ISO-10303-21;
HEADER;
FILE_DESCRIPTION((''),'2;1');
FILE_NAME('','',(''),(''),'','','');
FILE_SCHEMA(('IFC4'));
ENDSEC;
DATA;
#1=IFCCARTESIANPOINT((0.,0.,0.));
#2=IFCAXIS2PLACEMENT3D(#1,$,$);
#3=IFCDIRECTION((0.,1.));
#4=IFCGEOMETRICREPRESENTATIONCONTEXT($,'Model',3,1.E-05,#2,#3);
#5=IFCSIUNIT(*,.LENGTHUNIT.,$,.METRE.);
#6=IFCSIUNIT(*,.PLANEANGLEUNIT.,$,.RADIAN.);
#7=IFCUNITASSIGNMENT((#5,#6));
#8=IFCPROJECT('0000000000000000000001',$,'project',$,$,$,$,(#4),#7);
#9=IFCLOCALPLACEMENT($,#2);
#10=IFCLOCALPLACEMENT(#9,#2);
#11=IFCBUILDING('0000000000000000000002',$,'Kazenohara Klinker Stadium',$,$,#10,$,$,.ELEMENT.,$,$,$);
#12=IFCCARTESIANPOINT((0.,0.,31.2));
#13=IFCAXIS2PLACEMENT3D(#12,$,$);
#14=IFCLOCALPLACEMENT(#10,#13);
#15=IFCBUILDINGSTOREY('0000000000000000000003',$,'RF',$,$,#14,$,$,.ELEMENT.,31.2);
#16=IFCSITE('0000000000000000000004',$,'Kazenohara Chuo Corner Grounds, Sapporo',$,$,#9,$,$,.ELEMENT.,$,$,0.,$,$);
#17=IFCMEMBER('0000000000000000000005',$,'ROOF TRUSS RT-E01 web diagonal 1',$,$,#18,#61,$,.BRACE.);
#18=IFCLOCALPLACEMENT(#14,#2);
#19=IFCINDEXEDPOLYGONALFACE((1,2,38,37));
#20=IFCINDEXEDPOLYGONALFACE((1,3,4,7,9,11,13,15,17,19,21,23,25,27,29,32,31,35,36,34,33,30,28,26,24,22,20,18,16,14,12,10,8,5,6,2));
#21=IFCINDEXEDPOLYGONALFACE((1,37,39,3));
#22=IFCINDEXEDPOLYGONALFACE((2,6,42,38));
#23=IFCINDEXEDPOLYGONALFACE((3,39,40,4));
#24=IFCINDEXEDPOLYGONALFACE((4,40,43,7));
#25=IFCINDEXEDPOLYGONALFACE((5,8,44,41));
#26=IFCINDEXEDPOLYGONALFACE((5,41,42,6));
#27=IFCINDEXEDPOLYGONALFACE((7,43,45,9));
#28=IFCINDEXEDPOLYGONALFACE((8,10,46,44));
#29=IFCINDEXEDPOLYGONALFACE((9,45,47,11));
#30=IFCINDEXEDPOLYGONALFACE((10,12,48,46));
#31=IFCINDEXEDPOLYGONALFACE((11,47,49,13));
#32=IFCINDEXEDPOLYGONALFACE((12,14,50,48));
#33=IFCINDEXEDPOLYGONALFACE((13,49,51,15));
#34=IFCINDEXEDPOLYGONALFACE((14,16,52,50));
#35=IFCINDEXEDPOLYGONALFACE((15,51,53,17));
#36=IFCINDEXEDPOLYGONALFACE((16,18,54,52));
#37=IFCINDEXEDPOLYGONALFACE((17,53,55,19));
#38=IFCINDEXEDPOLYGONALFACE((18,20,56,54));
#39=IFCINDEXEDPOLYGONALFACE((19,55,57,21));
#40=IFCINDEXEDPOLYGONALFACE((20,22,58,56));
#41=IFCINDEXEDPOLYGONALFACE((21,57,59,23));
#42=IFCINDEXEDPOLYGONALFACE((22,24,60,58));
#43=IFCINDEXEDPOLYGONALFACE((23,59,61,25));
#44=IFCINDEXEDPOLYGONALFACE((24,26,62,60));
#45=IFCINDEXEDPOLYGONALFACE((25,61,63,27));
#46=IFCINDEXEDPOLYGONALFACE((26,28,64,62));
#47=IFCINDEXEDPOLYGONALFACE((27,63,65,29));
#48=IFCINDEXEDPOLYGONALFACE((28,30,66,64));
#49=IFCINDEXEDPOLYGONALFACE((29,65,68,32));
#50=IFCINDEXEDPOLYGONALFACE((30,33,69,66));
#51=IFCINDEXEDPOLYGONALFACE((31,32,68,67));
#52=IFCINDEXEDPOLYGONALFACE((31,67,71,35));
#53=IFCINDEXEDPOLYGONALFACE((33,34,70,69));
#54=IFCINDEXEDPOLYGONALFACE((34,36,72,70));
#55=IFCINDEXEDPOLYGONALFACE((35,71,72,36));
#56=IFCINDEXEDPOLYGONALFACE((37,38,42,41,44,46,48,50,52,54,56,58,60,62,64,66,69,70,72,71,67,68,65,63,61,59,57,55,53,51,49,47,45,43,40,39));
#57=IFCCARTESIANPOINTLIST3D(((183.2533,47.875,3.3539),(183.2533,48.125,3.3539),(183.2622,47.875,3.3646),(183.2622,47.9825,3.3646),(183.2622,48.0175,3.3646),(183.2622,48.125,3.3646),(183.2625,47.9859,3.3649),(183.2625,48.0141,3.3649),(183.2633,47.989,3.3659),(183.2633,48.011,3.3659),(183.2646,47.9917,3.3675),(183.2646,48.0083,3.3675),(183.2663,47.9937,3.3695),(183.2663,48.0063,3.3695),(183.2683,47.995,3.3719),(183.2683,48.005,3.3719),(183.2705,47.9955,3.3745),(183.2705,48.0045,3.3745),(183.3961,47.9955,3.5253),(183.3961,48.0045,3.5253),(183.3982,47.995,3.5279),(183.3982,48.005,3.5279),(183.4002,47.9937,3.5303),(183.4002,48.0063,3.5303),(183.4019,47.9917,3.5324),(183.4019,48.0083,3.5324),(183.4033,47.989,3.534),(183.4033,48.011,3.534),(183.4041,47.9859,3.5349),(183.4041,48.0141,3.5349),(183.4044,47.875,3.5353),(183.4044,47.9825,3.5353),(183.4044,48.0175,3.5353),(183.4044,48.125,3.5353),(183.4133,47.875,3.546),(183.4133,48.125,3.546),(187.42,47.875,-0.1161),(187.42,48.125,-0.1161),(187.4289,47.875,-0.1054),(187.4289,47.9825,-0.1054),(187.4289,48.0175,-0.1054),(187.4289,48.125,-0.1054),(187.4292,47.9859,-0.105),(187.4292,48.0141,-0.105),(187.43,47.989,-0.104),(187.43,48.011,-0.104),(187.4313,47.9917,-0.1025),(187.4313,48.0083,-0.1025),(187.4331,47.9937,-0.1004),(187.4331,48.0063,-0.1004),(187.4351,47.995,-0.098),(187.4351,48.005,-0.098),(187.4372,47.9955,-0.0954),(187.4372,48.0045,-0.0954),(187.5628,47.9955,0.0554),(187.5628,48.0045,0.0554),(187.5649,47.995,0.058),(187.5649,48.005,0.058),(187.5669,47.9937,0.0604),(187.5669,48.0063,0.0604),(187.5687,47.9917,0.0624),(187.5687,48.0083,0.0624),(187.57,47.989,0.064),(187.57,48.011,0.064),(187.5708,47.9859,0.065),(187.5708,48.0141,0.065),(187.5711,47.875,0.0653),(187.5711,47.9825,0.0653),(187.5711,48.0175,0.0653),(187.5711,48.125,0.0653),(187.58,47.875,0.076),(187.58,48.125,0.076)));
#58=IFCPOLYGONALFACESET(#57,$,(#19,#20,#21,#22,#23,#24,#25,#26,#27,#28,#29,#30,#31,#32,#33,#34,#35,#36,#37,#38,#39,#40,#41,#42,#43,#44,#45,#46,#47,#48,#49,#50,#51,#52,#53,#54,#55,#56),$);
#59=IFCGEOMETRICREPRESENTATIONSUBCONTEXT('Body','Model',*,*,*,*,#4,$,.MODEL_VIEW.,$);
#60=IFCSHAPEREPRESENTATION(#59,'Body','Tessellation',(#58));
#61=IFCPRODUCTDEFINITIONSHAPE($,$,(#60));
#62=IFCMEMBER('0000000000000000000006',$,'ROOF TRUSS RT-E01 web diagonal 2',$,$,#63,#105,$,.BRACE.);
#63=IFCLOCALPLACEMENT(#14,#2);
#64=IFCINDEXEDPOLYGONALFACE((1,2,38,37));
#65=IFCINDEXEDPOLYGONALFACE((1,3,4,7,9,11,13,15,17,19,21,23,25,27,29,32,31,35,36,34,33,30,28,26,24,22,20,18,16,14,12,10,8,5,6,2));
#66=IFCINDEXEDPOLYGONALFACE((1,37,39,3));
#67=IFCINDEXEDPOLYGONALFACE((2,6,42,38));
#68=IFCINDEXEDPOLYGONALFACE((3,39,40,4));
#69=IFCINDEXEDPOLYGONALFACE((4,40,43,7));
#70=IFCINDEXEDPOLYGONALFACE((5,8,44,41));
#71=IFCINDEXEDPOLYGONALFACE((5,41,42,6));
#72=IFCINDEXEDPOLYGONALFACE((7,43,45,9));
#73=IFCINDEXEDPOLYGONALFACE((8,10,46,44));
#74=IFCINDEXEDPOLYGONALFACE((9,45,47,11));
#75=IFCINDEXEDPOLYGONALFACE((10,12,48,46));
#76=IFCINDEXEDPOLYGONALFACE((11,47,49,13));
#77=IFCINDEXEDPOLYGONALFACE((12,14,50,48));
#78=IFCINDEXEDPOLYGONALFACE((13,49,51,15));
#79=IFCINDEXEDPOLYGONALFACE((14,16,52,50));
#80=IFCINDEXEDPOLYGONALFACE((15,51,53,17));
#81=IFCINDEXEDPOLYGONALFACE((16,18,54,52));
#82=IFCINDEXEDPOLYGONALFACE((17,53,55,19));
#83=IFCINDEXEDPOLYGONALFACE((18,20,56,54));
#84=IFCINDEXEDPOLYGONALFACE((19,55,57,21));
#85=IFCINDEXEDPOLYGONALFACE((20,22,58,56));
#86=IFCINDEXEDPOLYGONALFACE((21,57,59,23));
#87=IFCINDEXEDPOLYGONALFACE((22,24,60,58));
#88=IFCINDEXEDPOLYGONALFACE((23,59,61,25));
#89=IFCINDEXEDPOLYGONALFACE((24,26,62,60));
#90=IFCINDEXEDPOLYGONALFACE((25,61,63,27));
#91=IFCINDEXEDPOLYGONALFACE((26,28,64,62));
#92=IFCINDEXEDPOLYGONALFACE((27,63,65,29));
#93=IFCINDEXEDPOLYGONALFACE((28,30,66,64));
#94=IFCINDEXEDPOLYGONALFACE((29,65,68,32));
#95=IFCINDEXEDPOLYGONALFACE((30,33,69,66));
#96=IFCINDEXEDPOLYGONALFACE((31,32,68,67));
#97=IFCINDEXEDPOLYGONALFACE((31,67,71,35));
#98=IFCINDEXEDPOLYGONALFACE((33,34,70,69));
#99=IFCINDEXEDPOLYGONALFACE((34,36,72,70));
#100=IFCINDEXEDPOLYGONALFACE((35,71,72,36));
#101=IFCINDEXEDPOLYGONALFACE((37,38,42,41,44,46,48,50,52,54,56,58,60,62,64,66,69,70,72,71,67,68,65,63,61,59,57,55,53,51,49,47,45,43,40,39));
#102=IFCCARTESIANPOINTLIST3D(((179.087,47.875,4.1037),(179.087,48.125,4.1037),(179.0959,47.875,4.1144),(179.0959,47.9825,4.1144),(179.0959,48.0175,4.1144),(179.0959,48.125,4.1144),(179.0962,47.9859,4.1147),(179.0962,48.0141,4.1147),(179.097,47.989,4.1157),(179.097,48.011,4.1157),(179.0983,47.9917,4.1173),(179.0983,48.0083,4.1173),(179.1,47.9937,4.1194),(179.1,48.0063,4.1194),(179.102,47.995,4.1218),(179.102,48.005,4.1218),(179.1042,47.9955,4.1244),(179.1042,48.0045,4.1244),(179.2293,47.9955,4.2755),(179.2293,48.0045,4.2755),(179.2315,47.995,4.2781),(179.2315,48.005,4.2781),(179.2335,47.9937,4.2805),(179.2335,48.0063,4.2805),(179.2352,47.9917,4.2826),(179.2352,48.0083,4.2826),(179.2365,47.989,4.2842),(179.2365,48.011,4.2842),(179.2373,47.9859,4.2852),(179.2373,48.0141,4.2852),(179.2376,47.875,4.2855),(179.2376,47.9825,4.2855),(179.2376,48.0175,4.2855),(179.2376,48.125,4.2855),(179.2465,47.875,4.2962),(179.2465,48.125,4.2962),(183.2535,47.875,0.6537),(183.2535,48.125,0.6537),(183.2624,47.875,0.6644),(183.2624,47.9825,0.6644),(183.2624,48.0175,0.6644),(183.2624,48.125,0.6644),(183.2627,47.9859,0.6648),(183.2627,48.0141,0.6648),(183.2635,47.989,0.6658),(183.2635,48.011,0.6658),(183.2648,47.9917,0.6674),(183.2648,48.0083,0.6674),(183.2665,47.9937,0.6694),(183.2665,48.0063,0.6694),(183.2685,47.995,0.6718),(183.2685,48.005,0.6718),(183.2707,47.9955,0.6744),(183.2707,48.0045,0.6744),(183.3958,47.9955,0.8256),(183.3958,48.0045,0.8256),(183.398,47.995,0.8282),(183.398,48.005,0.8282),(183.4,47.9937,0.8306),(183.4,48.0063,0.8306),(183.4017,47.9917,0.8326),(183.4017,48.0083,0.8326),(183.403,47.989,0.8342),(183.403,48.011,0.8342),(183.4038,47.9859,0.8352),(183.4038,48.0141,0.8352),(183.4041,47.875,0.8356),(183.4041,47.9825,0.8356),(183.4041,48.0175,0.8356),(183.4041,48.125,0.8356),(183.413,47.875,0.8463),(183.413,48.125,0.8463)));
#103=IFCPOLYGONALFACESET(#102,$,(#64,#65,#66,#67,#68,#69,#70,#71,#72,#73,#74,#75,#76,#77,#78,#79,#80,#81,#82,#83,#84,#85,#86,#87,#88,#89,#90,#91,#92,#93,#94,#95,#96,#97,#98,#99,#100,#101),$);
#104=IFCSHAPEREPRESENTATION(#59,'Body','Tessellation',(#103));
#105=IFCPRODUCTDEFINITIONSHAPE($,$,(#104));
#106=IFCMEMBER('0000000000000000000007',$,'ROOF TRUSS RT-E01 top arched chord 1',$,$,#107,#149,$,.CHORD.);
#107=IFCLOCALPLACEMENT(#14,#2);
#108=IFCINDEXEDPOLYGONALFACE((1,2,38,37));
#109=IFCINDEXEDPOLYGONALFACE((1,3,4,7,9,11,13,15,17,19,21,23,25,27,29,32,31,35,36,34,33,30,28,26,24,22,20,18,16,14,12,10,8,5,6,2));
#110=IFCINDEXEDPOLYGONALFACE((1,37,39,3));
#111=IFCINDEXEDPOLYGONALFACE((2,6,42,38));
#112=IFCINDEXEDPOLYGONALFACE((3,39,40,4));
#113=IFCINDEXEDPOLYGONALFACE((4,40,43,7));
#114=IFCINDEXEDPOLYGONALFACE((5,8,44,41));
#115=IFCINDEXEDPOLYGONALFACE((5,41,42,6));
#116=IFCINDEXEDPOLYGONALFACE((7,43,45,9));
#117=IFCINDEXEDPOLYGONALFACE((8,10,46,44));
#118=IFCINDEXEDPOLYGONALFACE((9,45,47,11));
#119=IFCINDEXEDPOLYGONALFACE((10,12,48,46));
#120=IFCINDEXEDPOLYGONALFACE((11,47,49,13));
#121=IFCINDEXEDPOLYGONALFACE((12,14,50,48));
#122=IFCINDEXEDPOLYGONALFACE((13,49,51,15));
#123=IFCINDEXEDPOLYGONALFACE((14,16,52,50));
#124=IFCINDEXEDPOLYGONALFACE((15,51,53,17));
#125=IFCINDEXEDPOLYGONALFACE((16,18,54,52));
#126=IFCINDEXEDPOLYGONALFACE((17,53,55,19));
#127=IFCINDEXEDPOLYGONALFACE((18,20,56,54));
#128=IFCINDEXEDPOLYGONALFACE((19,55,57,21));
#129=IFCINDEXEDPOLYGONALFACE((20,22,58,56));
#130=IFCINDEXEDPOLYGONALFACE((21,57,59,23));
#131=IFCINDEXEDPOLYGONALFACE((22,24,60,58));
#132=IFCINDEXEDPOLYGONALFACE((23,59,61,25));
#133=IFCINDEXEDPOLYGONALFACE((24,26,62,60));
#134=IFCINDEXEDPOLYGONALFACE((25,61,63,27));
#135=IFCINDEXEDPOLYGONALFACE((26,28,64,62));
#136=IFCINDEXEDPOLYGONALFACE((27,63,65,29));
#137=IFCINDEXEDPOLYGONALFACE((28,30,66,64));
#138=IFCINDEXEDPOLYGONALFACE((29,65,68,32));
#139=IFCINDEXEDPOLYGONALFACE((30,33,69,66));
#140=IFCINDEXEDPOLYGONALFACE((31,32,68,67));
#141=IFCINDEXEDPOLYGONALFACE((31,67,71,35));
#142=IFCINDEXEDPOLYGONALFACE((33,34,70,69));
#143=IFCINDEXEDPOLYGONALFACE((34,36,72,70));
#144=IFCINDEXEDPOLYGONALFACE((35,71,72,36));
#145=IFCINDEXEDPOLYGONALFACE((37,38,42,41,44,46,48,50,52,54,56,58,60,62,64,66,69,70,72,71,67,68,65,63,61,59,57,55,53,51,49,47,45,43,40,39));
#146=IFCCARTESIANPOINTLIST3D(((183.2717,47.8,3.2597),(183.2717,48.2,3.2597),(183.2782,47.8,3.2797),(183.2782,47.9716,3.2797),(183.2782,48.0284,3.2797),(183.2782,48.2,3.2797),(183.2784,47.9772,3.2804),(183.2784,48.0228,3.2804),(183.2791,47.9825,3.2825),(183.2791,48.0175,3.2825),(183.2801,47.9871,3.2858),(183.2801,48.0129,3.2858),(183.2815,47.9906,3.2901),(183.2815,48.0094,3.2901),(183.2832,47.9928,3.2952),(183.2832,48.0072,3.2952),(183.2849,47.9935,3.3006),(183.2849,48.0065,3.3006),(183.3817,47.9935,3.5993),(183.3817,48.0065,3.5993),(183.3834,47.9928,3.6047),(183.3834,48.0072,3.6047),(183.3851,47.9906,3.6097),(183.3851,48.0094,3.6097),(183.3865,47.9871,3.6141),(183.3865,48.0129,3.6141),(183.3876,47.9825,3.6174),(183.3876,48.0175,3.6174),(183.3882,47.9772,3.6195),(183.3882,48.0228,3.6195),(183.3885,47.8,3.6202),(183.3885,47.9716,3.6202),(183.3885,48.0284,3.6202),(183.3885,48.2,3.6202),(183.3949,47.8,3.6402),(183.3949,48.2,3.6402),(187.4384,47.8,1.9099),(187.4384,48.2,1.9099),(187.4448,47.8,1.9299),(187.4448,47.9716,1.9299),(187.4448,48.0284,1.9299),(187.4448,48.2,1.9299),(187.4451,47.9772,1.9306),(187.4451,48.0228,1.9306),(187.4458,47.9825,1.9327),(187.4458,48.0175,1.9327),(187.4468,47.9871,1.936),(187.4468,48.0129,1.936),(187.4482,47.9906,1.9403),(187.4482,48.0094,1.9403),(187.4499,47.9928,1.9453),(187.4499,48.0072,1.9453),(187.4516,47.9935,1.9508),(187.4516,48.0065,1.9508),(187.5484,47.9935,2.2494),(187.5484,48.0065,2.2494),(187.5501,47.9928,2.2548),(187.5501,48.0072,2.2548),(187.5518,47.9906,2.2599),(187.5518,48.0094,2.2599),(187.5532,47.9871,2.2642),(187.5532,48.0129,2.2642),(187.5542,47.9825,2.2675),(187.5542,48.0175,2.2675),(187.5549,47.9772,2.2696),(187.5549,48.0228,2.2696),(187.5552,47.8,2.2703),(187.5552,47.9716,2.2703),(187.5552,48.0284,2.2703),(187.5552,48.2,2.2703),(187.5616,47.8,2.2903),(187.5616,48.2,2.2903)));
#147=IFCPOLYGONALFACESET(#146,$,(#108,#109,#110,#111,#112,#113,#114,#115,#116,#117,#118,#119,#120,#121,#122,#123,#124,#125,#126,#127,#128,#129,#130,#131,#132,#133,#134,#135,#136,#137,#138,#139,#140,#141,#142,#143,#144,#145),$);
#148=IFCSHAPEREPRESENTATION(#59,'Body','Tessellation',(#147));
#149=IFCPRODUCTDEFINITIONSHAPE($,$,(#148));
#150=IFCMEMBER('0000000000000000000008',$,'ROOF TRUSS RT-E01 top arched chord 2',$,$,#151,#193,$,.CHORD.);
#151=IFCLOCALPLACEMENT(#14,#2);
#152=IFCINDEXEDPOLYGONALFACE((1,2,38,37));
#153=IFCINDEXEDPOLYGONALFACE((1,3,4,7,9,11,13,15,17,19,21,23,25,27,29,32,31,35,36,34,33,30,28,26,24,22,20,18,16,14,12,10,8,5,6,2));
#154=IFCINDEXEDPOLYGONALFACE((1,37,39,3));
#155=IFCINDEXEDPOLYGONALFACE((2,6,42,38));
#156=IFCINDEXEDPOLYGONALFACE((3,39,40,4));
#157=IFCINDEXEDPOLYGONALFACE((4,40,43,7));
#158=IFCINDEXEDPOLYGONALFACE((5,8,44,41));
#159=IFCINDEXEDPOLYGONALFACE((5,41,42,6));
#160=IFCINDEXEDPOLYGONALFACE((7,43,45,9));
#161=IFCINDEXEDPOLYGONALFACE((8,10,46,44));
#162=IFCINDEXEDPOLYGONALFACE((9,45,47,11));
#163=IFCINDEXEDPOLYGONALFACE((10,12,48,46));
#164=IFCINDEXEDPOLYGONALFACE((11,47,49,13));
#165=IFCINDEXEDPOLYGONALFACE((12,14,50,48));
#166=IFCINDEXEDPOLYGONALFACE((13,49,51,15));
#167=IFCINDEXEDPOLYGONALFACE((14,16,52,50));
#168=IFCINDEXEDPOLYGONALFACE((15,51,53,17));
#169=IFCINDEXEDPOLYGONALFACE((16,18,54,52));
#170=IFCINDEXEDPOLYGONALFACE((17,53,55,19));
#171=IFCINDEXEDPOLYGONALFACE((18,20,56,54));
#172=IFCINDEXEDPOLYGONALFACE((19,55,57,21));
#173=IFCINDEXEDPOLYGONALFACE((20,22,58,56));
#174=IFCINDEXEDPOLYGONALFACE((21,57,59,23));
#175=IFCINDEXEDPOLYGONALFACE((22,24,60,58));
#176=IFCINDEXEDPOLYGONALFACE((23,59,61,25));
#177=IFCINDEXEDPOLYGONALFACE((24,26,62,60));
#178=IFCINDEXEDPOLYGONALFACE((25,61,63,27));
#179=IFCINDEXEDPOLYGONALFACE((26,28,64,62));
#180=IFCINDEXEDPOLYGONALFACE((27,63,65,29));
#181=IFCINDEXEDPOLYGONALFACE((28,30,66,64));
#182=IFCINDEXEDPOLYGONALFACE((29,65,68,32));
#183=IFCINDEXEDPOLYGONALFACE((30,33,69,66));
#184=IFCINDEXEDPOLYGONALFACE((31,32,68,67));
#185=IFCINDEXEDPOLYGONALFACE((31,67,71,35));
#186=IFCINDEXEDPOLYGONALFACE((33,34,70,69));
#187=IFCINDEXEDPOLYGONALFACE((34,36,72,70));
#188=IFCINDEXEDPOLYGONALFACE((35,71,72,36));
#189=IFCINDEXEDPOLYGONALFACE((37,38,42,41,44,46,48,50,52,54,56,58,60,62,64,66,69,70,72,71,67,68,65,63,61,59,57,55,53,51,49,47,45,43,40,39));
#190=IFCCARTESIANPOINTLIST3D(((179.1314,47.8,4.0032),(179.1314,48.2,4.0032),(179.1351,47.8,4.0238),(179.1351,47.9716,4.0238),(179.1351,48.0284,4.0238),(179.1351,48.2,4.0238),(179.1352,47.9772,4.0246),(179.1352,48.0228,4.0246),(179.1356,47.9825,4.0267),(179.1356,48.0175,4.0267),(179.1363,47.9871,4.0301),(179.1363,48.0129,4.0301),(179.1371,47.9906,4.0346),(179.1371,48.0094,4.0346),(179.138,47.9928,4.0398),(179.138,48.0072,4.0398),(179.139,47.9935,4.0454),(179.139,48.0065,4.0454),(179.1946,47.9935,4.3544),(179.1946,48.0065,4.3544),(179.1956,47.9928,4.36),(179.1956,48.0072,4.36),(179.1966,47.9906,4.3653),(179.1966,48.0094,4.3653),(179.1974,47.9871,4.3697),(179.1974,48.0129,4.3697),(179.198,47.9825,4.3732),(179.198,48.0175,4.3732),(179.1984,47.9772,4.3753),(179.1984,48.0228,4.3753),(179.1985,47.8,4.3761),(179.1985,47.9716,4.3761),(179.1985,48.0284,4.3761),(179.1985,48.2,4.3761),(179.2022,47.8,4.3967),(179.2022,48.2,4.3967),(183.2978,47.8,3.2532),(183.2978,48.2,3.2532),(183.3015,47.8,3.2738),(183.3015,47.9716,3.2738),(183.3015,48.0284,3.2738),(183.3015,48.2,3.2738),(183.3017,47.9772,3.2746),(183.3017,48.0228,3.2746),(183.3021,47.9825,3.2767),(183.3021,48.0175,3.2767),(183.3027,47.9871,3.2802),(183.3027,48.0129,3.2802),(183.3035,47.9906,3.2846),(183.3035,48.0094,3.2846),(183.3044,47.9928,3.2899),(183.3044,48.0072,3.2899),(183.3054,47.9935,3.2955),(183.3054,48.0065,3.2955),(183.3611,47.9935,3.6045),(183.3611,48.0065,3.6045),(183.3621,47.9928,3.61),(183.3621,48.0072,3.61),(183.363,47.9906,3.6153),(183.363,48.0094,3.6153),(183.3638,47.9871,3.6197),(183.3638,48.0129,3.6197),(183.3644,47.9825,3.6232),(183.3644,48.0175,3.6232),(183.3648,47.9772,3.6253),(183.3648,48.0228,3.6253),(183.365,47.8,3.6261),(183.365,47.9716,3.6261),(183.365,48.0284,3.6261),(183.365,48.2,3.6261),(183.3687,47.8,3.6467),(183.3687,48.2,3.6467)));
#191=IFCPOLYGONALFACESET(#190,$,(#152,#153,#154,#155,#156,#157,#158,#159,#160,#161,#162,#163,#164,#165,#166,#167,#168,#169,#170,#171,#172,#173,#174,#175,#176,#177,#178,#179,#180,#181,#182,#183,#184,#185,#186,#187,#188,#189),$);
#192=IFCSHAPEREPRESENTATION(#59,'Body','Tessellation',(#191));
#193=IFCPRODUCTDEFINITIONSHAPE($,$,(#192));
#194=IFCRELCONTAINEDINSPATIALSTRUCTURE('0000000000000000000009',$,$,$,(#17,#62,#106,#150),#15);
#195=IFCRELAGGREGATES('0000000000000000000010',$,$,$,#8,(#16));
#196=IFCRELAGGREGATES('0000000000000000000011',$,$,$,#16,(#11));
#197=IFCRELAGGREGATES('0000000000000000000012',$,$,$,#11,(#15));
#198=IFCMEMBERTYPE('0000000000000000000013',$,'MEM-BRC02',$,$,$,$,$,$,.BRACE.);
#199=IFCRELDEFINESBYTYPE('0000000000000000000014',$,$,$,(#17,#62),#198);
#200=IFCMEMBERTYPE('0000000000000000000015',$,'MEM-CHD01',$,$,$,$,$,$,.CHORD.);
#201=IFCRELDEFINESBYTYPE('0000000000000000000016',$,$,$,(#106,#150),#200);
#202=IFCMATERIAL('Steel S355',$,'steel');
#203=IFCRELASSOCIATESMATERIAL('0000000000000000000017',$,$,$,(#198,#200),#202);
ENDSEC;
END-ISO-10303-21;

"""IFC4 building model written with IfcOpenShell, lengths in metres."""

from ifc_helpers import new_model, si_unit, direction, frame, origin, origin_2d, place, context, subcontext, project, spatial, i_section, extrude, material, material_profile, profile_set, type_object, element, save


model = new_model("IFC4")

# Units and contexts
model_context = context("Model", 3, precision=1e-05, world=origin(), true_north=direction((0.0, 1.0)))
body_context = subcontext(model_context, "Body", "Model", "MODEL_VIEW")
ifc_project = project(units=[si_unit("LENGTHUNIT", "METRE"), si_unit("PLANEANGLEUNIT", "RADIAN")], contexts=[model_context])

# Site, building, storey
site_placement = place(None, origin())
site = spatial("IfcSite", under=ifc_project, at=site_placement, Name="Kazenohara Chuo Corner Grounds, Sapporo", CompositionType="ELEMENT", RefElevation=0.0)
building_placement = place(site_placement, origin())
building = spatial("IfcBuilding", under=site, at=building_placement, Name="Kazenohara Klinker Stadium", CompositionType="ELEMENT")
storey_placement = place(building_placement, frame((0.0, 0.0, 31.2)))
storey = spatial("IfcBuildingStorey", under=building, at=storey_placement, Name="RF", CompositionType="ELEMENT", Elevation=31.2)

# Members
ifc_material_1 = material(Name="Steel S355", Category="steel")
ifc_material_profile_1 = material_profile(ifc_material_1, i_section(OverallWidth=0.25, OverallDepth=0.25, WebThickness=0.009, FlangeThickness=0.0139, FilletRadius=0.0129, at=origin_2d()), Name="H-250x250x9x14")
ifc_profile_set_1 = profile_set([ifc_material_profile_1], Name="Steel S355")
member_type_1 = type_object("IfcMemberType", Name="MEM-BRC02", PredefinedType="BRACE", material=ifc_profile_set_1)
member_1_placement = place(storey_placement, frame((187.5, 48.0, -0.02), z_axis=(-0.768432, 0.0, 0.639932), x_axis=(0.0, -1.0, 0.0)))
element("IfcMember", 1, at=member_1_placement, inside=storey, type_object=member_type_1, Name="ROOF TRUSS RT-E01 web diagonal 1", PredefinedType="BRACE", context=body_context, shape_type="SweptSolid", body=[
    extrude(i_section(OverallWidth=0.25, OverallDepth=0.25, WebThickness=0.009, FlangeThickness=0.0139, FilletRadius=0.0129, at=origin_2d()), origin(), (0.0, 0.0, 1.0), 5.4224),
])
member_2_placement = place(storey_placement, frame((183.3333, 48.0, 0.75), z_axis=(-0.77023, 0.0, 0.637766), x_axis=(0.0, -1.0, 0.0)))
element("IfcMember", 2, at=member_2_placement, inside=storey, type_object=member_type_1, Name="ROOF TRUSS RT-E01 web diagonal 2", PredefinedType="BRACE", context=body_context, shape_type="SweptSolid", body=[
    extrude(i_section(OverallWidth=0.25, OverallDepth=0.25, WebThickness=0.009, FlangeThickness=0.0139, FilletRadius=0.0129, at=origin_2d()), origin(), (0.0, 0.0, 1.0), 5.4094),
])
ifc_material_profile_2 = material_profile(ifc_material_1, i_section(OverallWidth=0.3999, OverallDepth=0.3999, WebThickness=0.0129, FlangeThickness=0.021, FilletRadius=0.022, at=origin_2d()), Name="H-400x400x13x21")
ifc_profile_set_2 = profile_set([ifc_material_profile_2], Name="Steel S355")
member_type_2 = type_object("IfcMemberType", Name="MEM-CHD01", PredefinedType="CHORD", material=ifc_profile_set_2)
member_3_placement = place(storey_placement, frame((187.5, 48.0, 2.1001), z_axis=(-0.951325, 0.0, 0.30819), x_axis=(0.0, -1.0, 0.0)))
element("IfcMember", 3, at=member_3_placement, inside=storey, type_object=member_type_2, Name="ROOF TRUSS RT-E01 top arched chord 1", PredefinedType="CHORD", context=body_context, shape_type="SweptSolid", body=[
    extrude(i_section(OverallWidth=0.3999, OverallDepth=0.3999, WebThickness=0.0129, FlangeThickness=0.021, FilletRadius=0.022, at=origin_2d()), origin(), (0.0, 0.0, 1.0), 4.3799),
])
member_4_placement = place(storey_placement, frame((183.3333, 48.0, 3.45), z_axis=(-0.984182, 0.0, 0.17716), x_axis=(0.0, -1.0, 0.0)))
element("IfcMember", 4, at=member_4_placement, inside=storey, type_object=member_type_2, Name="ROOF TRUSS RT-E01 top arched chord 2", PredefinedType="CHORD", context=body_context, shape_type="SweptSolid", body=[
    extrude(i_section(OverallWidth=0.3999, OverallDepth=0.3999, WebThickness=0.0129, FlangeThickness=0.021, FilletRadius=0.022, at=origin_2d()), origin(), (0.0, 0.0, 1.0), 4.2334),
])

save(model, "model.ifc")
